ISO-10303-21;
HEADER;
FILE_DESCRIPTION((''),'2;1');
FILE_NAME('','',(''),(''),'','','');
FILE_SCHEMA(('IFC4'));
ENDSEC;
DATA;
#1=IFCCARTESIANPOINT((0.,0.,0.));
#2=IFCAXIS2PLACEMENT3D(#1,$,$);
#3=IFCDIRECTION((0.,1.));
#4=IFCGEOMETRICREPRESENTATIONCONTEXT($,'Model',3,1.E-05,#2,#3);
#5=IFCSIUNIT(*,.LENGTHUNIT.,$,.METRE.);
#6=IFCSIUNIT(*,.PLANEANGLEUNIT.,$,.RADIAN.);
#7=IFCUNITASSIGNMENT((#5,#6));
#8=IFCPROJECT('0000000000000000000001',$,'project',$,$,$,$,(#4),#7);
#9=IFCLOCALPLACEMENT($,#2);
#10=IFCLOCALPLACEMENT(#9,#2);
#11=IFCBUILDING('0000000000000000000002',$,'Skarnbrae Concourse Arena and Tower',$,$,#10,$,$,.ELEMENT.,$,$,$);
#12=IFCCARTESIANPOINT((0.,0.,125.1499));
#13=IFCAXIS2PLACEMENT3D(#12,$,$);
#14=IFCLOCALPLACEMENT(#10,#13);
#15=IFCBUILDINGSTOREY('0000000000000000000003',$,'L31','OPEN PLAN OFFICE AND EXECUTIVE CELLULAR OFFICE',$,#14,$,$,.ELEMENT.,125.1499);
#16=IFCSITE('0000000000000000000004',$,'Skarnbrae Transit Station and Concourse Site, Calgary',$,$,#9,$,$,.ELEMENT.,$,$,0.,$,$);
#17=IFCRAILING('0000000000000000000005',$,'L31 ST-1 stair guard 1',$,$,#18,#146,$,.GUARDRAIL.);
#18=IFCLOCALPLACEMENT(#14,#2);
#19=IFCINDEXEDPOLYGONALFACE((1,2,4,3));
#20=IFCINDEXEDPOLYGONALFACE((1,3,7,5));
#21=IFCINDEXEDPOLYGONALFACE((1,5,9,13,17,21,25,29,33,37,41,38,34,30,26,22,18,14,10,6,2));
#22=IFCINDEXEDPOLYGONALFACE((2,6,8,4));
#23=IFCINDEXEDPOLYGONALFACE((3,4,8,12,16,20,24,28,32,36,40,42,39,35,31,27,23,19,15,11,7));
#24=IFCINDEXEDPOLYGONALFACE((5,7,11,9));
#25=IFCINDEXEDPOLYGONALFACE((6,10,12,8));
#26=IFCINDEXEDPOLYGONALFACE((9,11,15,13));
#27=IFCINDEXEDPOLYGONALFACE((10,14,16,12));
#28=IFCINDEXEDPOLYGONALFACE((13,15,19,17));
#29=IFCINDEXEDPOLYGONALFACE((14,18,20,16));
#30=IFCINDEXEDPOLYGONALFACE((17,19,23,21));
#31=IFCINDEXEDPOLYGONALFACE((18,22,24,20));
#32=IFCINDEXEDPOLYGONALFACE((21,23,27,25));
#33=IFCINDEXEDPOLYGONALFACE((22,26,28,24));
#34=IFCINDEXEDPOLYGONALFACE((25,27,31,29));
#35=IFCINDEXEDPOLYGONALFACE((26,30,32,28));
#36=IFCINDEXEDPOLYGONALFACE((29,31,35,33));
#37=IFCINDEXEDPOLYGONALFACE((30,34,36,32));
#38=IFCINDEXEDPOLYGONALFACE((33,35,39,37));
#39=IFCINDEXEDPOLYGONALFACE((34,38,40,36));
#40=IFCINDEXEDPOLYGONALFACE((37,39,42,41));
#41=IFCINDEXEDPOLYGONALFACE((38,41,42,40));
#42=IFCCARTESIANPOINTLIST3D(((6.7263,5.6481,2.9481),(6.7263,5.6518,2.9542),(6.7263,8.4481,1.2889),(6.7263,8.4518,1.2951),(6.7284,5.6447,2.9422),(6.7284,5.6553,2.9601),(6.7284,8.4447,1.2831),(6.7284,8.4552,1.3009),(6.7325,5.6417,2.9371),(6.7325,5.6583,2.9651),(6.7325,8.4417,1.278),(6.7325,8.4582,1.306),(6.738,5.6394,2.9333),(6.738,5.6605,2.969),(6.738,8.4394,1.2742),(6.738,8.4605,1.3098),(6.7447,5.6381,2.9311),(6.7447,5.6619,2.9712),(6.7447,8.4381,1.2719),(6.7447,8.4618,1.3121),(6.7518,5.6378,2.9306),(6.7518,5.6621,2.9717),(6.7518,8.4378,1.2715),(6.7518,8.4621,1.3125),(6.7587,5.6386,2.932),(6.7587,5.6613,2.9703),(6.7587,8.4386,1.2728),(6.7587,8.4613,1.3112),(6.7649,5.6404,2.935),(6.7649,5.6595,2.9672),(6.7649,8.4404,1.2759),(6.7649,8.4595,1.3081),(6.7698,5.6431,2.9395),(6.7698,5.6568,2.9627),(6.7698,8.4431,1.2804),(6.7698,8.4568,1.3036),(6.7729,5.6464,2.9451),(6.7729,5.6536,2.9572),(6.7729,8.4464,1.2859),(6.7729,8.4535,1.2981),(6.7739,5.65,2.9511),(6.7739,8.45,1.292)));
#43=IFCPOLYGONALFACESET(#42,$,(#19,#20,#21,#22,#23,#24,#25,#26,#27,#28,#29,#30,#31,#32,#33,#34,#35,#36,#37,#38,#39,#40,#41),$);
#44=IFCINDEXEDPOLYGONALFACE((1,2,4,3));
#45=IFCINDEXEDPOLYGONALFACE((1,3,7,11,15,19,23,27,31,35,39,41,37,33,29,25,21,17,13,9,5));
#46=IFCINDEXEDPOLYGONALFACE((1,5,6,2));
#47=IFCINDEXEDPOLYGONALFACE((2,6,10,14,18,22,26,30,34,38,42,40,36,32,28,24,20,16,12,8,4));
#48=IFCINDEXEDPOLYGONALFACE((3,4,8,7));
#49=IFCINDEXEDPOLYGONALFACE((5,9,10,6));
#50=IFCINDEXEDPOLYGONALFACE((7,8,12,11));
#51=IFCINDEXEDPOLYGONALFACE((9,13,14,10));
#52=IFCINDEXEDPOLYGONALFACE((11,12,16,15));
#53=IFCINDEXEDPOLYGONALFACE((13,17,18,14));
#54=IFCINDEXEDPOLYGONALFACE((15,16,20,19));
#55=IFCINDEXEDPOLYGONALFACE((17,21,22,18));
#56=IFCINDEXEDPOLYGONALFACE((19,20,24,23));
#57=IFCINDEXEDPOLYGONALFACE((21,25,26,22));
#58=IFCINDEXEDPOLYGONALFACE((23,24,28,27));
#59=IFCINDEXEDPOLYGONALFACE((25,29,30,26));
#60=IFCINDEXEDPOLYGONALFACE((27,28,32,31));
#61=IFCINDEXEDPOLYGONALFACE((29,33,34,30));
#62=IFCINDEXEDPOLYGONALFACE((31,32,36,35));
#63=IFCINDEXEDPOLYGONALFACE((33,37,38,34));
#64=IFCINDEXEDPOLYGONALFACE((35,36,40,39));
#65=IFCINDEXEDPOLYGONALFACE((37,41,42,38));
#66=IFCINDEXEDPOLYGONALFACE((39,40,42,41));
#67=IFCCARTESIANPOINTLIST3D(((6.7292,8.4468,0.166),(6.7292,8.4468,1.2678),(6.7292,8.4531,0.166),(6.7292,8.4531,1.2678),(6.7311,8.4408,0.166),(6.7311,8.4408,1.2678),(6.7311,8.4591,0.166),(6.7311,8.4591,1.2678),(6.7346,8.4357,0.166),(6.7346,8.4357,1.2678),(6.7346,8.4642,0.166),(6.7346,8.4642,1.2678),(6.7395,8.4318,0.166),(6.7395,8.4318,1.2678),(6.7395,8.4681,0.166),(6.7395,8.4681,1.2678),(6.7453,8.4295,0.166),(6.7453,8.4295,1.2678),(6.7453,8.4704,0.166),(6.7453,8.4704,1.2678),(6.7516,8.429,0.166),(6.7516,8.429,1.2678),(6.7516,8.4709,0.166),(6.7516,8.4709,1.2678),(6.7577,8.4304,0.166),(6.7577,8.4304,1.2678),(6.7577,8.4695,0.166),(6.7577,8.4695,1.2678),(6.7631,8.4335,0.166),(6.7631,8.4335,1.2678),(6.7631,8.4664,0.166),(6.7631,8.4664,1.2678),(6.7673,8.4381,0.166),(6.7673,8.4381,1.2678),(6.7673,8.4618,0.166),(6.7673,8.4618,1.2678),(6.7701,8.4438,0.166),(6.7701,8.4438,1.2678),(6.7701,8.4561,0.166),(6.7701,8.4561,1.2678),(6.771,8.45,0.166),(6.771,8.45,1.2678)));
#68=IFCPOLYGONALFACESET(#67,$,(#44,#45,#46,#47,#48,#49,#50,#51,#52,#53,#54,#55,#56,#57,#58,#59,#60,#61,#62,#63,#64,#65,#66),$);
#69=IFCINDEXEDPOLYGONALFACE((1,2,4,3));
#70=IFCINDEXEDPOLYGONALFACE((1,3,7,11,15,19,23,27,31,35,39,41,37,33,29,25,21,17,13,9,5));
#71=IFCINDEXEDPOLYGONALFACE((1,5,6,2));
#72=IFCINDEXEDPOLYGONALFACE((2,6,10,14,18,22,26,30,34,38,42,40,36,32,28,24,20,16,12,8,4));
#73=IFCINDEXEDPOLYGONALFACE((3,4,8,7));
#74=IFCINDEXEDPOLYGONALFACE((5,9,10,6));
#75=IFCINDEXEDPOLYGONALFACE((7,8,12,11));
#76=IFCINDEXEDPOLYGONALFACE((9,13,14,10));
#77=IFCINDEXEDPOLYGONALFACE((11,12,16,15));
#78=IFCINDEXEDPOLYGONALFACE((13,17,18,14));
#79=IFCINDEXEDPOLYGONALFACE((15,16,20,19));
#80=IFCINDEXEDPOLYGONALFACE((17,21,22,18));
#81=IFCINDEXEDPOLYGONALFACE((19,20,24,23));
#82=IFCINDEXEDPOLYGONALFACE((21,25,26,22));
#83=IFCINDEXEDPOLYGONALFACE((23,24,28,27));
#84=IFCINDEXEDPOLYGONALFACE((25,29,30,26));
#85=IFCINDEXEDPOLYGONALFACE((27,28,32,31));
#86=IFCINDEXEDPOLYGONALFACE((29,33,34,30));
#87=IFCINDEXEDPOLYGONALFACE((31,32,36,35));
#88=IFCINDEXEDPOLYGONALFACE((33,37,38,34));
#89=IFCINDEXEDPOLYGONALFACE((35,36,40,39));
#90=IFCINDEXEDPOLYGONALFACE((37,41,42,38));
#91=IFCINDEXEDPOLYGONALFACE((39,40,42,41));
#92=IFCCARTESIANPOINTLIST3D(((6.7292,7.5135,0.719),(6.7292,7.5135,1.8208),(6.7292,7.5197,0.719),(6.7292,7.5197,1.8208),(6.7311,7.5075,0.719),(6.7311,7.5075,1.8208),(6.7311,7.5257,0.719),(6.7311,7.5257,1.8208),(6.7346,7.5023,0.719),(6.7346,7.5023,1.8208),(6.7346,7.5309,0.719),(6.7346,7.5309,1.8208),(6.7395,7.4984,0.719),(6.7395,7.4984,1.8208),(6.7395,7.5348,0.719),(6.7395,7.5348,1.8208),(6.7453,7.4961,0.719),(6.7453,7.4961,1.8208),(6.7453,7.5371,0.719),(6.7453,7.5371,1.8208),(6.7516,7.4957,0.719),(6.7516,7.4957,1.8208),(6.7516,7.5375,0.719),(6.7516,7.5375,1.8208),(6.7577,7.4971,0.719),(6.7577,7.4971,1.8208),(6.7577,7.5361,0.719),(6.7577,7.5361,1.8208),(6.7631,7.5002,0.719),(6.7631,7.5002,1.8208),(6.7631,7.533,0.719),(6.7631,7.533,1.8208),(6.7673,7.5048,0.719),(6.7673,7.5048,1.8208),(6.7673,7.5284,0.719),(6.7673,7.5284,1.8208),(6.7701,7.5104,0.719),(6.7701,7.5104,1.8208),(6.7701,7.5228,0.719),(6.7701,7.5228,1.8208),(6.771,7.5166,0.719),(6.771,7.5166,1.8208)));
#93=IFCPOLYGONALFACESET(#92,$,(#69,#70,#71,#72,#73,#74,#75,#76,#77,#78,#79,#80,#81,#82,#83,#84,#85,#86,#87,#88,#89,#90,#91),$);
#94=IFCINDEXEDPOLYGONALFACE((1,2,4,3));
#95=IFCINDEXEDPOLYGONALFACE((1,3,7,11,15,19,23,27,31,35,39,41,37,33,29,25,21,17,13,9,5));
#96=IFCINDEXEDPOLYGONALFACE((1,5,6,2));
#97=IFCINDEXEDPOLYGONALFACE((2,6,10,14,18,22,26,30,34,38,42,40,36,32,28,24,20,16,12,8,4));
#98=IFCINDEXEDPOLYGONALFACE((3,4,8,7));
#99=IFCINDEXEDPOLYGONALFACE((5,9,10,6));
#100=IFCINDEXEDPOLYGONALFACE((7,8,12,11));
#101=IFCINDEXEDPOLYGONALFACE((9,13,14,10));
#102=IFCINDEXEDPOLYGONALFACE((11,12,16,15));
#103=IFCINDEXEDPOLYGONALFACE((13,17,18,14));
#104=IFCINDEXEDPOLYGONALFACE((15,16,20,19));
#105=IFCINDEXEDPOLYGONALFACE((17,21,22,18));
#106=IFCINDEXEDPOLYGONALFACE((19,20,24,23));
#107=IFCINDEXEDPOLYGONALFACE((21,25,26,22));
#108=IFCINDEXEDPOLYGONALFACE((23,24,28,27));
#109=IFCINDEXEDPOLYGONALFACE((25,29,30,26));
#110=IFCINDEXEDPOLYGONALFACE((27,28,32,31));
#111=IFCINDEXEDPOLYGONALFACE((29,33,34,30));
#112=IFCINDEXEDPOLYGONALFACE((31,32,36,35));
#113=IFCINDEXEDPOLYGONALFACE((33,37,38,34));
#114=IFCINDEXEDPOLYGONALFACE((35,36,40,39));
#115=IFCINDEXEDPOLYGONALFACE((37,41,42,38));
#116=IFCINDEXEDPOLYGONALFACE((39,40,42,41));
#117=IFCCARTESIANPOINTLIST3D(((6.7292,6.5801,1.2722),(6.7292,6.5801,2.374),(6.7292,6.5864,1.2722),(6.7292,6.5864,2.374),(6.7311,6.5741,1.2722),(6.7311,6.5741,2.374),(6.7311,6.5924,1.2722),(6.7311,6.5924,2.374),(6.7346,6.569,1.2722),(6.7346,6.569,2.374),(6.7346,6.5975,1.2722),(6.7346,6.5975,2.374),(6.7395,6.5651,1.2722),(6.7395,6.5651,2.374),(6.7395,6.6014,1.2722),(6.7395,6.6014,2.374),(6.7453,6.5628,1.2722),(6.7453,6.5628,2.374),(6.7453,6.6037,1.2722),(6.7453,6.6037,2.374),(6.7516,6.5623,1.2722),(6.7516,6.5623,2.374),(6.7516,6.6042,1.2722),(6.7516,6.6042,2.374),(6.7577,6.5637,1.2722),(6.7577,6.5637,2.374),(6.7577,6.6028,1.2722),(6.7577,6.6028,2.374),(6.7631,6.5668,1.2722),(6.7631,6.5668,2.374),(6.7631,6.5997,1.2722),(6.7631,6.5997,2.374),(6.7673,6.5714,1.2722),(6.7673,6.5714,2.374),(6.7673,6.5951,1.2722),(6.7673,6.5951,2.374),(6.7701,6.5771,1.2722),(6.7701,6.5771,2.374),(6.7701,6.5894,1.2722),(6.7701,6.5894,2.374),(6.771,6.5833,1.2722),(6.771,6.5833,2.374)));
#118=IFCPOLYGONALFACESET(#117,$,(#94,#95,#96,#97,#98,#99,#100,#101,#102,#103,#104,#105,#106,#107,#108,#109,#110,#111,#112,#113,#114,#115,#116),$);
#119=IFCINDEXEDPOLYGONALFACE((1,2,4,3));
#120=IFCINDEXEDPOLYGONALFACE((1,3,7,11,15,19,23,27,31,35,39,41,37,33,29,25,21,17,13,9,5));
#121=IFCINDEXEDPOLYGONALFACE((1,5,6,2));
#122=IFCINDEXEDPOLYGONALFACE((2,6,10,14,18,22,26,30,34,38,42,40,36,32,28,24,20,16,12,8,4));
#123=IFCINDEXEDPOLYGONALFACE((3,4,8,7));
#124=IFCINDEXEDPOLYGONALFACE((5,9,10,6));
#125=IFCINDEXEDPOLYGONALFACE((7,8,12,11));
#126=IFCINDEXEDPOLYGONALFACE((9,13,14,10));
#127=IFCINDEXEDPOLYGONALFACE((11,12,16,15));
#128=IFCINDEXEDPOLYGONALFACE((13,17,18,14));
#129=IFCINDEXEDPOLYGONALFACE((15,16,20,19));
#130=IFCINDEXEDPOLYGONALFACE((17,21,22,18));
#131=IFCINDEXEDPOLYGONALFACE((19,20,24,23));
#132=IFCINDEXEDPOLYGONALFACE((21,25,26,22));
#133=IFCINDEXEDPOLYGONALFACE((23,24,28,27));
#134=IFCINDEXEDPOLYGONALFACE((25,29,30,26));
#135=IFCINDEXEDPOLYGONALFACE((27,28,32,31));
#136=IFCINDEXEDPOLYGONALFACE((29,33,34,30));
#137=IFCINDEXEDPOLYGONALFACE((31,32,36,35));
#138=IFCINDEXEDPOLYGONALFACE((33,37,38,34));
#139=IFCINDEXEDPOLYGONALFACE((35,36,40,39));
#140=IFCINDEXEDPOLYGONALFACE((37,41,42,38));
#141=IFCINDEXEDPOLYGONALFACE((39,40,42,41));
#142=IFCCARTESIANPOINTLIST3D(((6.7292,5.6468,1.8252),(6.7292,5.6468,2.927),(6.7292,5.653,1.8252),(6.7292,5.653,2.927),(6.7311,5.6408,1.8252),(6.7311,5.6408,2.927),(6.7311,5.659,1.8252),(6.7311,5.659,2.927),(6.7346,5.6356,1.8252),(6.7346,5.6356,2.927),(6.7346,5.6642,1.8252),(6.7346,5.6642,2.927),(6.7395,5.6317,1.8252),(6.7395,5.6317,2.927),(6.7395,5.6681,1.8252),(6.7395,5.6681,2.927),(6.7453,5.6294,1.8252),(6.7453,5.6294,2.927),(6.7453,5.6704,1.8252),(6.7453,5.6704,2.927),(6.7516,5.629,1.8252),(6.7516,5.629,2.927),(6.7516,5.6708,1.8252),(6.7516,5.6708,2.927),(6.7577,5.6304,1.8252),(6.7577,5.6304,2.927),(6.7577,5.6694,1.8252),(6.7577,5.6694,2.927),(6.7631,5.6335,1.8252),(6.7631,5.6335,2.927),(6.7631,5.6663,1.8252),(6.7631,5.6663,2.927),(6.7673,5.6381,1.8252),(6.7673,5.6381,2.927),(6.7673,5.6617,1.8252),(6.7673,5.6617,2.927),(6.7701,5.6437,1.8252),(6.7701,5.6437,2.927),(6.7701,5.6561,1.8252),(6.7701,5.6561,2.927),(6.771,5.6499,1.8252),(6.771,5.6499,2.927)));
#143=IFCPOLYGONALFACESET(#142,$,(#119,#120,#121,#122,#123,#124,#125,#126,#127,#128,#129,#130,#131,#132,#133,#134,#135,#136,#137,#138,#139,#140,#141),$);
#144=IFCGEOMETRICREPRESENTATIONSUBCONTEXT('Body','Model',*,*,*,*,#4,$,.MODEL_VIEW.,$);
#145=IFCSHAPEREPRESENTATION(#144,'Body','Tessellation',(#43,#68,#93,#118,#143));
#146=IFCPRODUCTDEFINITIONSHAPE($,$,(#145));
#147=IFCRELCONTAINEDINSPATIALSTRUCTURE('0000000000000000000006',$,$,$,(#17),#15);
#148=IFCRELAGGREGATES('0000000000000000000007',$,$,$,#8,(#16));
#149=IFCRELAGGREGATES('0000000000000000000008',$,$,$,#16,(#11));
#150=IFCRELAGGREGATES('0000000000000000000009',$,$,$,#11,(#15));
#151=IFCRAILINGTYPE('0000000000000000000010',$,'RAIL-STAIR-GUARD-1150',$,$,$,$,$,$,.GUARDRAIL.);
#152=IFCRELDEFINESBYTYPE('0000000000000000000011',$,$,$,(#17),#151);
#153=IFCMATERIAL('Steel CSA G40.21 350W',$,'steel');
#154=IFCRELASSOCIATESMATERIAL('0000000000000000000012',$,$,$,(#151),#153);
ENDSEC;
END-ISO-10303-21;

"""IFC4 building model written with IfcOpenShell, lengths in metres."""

from ifc_helpers import new_model, si_unit, direction, frame, origin, origin_2d, place, context, subcontext, project, spatial, circle, extrude, material, type_object, element, save


model = new_model("IFC4")

# Units and contexts
model_context = context("Model", 3, precision=1e-05, world=origin(), true_north=direction((0.0, 1.0)))
body_context = subcontext(model_context, "Body", "Model", "MODEL_VIEW")
ifc_project = project(units=[si_unit("LENGTHUNIT", "METRE"), si_unit("PLANEANGLEUNIT", "RADIAN")], contexts=[model_context])

# Site, building, storey
site_placement = place(None, origin())
site = spatial("IfcSite", under=ifc_project, at=site_placement, Name="Skarnbrae Transit Station and Concourse Site, Calgary", CompositionType="ELEMENT", RefElevation=0.0)
building_placement = place(site_placement, origin())
building = spatial("IfcBuilding", under=site, at=building_placement, Name="Skarnbrae Concourse Arena and Tower", CompositionType="ELEMENT")
storey_placement = place(building_placement, frame((0.0, 0.0, 125.1499)))
storey = spatial("IfcBuildingStorey", under=building, at=storey_placement, Name="L31", Description="OPEN PLAN OFFICE AND EXECUTIVE CELLULAR OFFICE", CompositionType="ELEMENT", Elevation=125.1499)

# Shared definitions
ifc_material_1 = material(Name="Steel CSA G40.21 350W", Category="steel")

# Railing
railing_type_1 = type_object("IfcRailingType", Name="RAIL-STAIR-GUARD-1150", PredefinedType="GUARDRAIL", material=ifc_material_1)
railing_1_placement = place(storey_placement, frame((6.75, 8.45, 0.166)))
element("IfcRailing", 1, at=railing_1_placement, inside=storey, type_object=railing_type_1, Name="L31 ST-1 stair guard 1", PredefinedType="GUARDRAIL", context=body_context, shape_type="SweptSolid", body=[
    extrude(circle(Radius=0.0239, at=origin_2d()), frame((0.0, 0.0, 1.126), z_axis=(0.0, -0.860306, 0.509778), x_axis=(1.0, 0.0, 0.0)), (0.0, 0.0, 1.0), 3.2546),
    extrude(circle(Radius=0.021, at=origin_2d()), origin(), (0.0, 0.0, 1.0), 1.1018),
    extrude(circle(Radius=0.021, at=origin_2d()), frame((0.0, -0.9333, 0.553)), (0.0, 0.0, 1.0), 1.1018),
    extrude(circle(Radius=0.021, at=origin_2d()), frame((0.0, -1.8667, 1.1062)), (0.0, 0.0, 1.0), 1.1018),
    extrude(circle(Radius=0.021, at=origin_2d()), frame((0.0, -2.8, 1.6592)), (0.0, 0.0, 1.0), 1.1018),
])

save(model, "model.ifc")
